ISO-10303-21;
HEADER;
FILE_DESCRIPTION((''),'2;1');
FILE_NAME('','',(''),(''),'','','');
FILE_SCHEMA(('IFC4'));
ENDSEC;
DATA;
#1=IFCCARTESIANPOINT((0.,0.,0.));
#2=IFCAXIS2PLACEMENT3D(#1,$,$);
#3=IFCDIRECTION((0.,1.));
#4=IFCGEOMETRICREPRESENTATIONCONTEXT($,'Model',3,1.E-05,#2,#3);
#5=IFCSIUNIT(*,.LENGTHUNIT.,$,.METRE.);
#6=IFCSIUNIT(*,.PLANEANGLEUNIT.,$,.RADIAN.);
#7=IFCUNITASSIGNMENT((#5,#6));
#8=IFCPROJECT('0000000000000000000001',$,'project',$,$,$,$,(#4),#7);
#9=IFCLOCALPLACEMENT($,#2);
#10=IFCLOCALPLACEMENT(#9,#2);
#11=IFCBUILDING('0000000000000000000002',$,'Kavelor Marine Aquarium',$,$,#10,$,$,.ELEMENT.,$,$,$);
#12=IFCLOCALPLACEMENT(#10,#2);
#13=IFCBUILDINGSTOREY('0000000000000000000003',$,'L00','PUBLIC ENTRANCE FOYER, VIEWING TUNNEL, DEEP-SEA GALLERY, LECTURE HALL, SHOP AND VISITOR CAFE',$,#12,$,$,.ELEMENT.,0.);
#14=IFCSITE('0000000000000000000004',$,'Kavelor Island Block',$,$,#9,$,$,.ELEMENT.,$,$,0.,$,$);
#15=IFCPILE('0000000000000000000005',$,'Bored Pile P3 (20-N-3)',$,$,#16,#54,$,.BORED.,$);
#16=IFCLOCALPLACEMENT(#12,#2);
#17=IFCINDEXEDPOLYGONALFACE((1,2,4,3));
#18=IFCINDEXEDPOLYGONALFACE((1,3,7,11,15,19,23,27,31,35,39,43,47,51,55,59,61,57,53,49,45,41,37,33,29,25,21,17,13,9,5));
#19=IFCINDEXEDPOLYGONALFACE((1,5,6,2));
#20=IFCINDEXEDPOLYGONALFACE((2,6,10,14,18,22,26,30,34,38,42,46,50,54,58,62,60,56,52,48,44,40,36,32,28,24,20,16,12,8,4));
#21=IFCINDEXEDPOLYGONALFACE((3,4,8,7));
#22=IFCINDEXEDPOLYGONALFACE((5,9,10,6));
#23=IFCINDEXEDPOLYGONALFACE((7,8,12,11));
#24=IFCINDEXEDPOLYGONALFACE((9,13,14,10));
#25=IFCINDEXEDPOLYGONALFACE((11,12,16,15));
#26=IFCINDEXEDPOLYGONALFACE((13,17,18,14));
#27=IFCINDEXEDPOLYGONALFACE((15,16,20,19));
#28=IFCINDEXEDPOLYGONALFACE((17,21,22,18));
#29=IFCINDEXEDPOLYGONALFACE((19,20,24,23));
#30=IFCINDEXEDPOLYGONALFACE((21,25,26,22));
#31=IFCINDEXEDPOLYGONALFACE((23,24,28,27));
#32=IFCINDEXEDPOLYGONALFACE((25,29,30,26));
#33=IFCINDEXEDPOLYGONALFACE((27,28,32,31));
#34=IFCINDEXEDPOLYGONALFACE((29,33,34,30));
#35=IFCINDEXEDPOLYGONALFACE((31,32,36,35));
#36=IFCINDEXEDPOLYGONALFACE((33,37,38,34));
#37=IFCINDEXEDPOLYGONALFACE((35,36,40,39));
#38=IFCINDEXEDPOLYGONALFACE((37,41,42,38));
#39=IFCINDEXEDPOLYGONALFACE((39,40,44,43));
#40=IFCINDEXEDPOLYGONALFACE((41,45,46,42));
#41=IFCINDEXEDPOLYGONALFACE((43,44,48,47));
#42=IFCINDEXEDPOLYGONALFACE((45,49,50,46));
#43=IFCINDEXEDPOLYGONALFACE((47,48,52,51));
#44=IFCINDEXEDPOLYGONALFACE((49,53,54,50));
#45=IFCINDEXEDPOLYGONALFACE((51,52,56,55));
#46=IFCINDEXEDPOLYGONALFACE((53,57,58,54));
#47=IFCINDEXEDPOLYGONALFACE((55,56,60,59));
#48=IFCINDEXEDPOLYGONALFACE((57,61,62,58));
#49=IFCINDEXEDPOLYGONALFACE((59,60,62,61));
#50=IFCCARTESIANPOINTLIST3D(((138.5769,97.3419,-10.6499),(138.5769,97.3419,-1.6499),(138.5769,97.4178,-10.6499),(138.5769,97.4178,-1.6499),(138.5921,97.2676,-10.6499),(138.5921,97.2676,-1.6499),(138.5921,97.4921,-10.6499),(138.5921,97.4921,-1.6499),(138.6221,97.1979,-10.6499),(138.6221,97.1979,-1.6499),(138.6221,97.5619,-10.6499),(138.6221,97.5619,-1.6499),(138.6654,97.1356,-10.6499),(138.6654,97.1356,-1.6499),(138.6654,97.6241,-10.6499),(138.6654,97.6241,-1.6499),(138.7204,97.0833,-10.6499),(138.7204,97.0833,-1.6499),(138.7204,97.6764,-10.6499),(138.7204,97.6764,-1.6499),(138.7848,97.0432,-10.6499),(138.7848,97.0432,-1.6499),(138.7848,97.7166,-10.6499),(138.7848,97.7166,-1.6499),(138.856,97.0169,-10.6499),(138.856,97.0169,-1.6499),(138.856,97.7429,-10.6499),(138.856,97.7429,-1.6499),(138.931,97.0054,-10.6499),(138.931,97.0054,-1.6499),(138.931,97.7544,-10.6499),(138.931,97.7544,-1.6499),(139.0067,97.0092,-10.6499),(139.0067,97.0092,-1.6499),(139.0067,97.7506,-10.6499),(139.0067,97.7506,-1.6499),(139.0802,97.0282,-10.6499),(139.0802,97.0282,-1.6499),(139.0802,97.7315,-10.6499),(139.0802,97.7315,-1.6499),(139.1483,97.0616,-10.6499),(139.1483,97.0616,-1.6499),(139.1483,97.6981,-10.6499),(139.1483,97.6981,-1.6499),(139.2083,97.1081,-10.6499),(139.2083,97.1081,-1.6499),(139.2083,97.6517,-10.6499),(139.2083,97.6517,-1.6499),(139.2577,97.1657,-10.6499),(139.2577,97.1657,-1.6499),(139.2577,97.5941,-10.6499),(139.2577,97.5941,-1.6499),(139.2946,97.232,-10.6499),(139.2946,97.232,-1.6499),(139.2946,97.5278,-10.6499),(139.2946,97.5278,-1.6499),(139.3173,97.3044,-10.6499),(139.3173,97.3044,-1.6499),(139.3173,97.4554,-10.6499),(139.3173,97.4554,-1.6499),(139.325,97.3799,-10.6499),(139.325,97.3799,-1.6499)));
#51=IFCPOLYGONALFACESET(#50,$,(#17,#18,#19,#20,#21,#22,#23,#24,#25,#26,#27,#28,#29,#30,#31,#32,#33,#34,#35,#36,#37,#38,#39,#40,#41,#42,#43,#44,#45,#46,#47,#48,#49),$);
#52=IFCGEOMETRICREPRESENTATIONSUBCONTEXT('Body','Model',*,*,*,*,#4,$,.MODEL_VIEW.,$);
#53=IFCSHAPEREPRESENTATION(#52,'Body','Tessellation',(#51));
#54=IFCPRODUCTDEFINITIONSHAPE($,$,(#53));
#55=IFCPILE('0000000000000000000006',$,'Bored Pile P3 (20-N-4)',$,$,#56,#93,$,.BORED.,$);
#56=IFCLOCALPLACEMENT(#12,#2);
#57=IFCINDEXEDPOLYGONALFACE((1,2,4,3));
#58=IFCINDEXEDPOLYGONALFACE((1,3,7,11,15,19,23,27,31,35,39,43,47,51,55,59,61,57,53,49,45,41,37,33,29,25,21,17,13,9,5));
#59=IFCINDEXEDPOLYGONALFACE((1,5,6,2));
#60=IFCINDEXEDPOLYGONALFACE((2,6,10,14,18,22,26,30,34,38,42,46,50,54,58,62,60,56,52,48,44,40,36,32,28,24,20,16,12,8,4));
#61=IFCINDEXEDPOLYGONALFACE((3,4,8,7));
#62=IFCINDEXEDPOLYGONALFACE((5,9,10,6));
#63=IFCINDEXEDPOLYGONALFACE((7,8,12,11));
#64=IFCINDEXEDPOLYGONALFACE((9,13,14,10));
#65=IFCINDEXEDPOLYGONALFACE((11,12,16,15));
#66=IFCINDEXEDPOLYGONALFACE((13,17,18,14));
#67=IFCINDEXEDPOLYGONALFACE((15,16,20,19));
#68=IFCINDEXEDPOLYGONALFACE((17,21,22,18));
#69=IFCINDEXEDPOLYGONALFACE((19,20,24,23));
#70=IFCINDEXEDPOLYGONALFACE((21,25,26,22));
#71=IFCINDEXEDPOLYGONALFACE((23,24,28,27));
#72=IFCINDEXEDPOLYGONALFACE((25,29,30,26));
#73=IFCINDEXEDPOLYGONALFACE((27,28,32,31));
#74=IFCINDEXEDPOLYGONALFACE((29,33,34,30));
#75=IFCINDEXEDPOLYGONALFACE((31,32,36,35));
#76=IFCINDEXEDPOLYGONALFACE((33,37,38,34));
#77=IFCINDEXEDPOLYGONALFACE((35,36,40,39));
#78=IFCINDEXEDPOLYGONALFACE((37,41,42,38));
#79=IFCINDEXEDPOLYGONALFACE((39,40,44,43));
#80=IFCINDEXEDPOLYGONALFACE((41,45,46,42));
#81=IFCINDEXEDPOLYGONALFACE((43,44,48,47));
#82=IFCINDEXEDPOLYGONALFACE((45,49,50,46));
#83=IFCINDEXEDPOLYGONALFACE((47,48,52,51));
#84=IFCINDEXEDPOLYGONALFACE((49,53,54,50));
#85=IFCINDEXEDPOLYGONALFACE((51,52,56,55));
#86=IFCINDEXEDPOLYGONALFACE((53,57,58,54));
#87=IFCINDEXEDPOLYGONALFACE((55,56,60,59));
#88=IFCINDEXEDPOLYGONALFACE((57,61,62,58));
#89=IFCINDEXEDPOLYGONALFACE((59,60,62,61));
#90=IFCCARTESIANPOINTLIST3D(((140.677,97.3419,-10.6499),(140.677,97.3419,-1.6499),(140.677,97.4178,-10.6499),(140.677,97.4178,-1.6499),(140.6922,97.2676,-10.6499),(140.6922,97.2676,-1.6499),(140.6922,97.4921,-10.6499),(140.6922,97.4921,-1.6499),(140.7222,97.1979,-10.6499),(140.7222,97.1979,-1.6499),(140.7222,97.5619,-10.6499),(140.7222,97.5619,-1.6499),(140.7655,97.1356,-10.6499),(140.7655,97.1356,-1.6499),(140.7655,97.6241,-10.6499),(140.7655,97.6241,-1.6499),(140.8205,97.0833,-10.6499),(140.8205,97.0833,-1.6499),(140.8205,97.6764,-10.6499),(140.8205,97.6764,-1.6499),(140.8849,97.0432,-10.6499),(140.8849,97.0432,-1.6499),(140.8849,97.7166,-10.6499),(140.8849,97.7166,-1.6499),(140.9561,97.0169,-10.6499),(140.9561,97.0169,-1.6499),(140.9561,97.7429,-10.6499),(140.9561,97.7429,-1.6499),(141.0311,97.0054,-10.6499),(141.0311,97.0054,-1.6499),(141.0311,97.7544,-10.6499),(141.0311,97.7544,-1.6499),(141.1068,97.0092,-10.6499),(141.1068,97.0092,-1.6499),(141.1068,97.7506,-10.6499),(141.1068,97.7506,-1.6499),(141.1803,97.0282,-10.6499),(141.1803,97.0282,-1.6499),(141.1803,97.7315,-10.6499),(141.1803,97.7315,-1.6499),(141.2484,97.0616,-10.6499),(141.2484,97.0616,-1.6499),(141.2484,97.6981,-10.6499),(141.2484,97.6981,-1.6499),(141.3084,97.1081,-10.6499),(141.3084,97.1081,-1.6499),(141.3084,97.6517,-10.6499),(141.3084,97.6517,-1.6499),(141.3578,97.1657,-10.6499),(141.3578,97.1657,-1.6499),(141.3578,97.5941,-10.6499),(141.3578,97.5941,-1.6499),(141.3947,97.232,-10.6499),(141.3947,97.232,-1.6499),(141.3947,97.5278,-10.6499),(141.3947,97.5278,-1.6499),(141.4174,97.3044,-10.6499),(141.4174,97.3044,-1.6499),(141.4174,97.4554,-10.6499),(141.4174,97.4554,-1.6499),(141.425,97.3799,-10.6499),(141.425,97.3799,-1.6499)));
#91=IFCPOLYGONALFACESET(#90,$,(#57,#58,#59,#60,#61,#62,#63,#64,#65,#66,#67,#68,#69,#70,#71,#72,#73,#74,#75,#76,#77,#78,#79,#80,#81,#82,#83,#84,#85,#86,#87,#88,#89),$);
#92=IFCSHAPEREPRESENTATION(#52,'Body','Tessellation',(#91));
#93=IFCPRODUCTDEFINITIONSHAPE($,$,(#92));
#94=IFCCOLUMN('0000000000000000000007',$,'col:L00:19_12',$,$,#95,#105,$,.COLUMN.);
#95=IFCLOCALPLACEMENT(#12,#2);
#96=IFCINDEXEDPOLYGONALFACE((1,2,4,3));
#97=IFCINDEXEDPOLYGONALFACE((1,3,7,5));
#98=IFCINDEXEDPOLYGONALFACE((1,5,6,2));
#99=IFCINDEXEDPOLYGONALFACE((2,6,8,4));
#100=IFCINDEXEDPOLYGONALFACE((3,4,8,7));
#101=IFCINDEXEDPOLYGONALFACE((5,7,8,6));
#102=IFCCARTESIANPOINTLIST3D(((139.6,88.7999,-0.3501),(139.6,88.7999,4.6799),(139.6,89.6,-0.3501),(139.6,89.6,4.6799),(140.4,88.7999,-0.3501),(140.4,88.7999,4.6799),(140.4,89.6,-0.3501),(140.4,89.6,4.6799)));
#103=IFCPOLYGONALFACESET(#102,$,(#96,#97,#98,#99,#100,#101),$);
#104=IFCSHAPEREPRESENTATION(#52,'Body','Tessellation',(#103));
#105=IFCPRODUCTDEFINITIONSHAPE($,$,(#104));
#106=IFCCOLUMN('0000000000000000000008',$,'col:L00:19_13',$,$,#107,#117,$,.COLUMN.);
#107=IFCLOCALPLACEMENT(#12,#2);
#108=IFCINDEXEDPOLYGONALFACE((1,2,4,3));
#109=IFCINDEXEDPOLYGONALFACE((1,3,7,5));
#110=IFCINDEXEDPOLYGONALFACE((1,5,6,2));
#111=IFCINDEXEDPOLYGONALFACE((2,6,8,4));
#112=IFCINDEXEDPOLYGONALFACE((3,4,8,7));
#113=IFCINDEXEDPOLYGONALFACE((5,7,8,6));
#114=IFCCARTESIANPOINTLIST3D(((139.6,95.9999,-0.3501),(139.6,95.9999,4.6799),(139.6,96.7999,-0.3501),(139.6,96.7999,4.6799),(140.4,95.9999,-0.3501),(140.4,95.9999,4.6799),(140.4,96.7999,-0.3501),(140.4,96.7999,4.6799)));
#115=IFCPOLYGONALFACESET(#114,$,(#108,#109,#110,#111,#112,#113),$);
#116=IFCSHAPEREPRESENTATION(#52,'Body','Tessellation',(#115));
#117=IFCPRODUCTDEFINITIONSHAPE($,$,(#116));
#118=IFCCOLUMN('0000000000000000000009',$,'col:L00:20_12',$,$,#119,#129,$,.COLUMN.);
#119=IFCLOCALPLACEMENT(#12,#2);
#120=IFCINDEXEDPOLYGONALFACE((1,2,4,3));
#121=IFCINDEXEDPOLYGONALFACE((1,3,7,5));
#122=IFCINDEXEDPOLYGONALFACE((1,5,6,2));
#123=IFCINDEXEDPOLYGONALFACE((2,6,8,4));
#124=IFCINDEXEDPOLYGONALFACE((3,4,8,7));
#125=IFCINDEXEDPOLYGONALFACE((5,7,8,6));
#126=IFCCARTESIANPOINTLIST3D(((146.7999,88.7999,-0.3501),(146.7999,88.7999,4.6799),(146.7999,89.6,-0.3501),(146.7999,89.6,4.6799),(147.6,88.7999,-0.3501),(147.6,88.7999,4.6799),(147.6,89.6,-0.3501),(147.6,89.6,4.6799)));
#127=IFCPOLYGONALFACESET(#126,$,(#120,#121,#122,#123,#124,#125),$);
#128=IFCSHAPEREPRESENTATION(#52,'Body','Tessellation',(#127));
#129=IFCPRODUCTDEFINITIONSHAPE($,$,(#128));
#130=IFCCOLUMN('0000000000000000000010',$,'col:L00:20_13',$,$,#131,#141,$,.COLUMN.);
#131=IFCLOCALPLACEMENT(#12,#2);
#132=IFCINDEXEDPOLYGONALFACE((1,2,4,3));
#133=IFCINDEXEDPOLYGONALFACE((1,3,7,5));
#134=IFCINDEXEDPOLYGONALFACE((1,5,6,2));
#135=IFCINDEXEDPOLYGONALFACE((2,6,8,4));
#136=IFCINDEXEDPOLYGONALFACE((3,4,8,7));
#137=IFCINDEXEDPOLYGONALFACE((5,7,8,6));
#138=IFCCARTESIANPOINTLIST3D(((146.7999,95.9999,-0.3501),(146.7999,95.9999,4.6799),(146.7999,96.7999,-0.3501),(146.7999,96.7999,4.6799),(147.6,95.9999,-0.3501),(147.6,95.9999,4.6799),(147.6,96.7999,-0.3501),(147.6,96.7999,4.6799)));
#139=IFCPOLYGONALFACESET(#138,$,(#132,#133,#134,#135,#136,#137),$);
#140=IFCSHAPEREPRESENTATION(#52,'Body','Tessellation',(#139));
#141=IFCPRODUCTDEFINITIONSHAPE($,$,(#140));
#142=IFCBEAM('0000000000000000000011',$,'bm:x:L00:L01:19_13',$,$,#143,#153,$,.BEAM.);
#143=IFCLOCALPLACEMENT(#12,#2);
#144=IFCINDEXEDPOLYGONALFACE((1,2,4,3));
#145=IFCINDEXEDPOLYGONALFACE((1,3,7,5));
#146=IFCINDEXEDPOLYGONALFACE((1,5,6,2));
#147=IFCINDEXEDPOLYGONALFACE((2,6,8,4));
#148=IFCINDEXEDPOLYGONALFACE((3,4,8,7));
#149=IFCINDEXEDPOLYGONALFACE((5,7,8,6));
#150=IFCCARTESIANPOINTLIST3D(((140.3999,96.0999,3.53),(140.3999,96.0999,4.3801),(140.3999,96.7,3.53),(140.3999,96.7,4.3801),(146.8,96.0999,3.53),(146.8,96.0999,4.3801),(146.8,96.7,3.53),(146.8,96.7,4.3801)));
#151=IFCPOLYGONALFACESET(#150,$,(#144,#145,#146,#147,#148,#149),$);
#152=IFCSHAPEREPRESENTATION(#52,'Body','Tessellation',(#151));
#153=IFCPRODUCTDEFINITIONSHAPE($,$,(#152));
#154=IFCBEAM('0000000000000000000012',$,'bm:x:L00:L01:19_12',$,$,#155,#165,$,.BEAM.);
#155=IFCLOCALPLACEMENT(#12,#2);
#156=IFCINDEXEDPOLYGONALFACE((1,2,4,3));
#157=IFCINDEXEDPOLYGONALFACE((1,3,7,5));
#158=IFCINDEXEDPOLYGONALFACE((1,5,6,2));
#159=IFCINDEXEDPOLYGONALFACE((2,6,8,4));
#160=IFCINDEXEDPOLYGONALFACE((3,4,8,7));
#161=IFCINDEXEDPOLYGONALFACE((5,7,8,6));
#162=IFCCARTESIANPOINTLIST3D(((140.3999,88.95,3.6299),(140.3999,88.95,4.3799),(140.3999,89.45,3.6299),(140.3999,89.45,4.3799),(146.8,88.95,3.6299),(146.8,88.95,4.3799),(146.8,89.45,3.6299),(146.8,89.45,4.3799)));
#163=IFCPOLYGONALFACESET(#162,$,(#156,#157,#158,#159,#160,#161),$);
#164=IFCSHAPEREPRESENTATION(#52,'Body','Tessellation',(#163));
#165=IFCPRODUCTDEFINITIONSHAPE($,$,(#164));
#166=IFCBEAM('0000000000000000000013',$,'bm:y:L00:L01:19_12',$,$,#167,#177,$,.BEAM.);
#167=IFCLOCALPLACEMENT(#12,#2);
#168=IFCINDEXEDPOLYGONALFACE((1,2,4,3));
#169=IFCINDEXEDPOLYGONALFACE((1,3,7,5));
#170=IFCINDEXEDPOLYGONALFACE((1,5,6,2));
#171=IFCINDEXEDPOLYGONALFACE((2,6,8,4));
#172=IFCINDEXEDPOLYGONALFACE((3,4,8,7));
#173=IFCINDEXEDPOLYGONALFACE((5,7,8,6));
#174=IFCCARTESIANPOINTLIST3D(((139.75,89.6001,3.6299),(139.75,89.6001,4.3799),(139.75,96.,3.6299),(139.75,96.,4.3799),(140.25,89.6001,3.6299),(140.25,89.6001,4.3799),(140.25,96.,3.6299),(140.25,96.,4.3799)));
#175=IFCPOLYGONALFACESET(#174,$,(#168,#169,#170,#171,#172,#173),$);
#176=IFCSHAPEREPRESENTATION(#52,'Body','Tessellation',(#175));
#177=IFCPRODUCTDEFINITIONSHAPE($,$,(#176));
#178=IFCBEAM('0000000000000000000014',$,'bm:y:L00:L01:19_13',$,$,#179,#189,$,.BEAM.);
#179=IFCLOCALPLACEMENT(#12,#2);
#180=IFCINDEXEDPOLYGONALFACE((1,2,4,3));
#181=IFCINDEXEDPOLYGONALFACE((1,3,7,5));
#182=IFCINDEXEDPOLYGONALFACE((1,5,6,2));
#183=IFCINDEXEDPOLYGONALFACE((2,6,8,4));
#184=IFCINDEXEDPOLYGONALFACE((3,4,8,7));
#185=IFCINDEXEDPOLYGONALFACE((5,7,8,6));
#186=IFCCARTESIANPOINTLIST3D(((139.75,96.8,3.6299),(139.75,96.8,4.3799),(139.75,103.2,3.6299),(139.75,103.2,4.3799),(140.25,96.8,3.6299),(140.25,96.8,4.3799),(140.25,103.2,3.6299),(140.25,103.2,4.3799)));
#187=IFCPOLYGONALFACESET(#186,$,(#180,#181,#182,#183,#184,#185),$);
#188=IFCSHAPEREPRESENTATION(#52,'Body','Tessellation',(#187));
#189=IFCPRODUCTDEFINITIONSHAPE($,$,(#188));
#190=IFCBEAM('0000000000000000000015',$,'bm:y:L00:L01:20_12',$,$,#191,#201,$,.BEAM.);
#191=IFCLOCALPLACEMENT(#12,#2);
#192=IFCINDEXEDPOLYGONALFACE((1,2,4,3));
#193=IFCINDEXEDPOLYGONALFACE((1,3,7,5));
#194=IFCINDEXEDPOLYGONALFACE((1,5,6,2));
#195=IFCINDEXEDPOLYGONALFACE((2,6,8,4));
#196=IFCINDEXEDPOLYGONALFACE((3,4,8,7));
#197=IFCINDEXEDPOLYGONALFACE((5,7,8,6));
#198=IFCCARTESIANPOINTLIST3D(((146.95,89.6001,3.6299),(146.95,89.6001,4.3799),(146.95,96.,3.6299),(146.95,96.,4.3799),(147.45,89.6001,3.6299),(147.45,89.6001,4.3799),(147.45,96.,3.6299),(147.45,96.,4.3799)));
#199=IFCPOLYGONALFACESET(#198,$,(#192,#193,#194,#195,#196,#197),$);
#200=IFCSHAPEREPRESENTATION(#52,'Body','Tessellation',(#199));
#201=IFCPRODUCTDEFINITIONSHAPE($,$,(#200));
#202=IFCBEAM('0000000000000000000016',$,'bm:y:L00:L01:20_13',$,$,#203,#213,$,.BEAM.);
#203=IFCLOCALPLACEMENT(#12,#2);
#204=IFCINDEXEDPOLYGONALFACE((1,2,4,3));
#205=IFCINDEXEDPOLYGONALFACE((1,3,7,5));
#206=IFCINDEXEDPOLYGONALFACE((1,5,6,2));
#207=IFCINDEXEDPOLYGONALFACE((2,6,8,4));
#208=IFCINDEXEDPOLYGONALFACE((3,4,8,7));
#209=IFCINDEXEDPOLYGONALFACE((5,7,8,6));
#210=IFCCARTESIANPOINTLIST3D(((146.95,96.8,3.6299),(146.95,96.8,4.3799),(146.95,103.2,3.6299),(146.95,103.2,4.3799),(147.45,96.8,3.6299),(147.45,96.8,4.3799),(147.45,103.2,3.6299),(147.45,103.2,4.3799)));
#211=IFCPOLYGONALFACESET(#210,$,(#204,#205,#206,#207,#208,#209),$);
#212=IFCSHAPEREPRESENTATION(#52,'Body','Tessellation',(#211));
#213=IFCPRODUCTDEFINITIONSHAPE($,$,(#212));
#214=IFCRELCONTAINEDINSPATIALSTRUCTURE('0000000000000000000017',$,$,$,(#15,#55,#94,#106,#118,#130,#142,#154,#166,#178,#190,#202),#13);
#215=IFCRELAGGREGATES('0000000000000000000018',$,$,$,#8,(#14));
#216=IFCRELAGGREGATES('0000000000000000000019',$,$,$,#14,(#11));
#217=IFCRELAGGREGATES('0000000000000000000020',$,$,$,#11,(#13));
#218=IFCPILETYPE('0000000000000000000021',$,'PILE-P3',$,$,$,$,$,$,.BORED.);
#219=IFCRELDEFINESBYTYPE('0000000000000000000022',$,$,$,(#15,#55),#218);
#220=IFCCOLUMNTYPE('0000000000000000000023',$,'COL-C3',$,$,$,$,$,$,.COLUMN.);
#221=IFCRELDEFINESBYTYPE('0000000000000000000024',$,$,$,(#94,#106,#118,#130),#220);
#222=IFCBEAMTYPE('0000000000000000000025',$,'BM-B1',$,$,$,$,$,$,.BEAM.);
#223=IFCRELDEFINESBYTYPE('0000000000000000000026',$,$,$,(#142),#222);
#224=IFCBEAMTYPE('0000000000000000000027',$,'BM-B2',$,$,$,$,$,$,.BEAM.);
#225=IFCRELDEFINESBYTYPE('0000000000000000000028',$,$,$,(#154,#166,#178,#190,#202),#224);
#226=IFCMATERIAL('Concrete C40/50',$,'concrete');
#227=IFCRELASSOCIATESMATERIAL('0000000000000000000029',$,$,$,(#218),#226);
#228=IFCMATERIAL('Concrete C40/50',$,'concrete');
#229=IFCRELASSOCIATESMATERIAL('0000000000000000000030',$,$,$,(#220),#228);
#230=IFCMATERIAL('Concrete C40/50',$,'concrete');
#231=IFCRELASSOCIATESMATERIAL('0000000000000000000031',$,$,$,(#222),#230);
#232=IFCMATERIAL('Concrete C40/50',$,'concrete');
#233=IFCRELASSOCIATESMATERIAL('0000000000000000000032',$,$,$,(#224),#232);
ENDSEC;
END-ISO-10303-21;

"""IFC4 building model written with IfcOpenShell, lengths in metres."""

from ifc_helpers import new_model, si_unit, direction, frame, origin, origin_2d, place, context, subcontext, project, spatial, rectangle, circle, extrude, material, material_profile, profile_set, type_object, element, save


model = new_model("IFC4")

# Units and contexts
model_context = context("Model", 3, precision=1e-05, world=origin(), true_north=direction((0.0, 1.0)))
body_context = subcontext(model_context, "Body", "Model", "MODEL_VIEW")
ifc_project = project(units=[si_unit("LENGTHUNIT", "METRE"), si_unit("PLANEANGLEUNIT", "RADIAN")], contexts=[model_context])

# Site, building, storey
site_placement = place(None, origin())
site = spatial("IfcSite", under=ifc_project, at=site_placement, Name="Kavelor Island Block", CompositionType="ELEMENT", RefElevation=0.0)
building_placement = place(site_placement, origin())
building = spatial("IfcBuilding", under=site, at=building_placement, Name="Kavelor Marine Aquarium", CompositionType="ELEMENT")
storey_placement = place(building_placement, origin())
storey = spatial("IfcBuildingStorey", under=building, at=storey_placement, Name="L00", Description="PUBLIC ENTRANCE FOYER, VIEWING TUNNEL, DEEP-SEA GALLERY, LECTURE HALL, SHOP AND VISITOR CAFE", CompositionType="ELEMENT", Elevation=0.0)

# Piles
ifc_material_1 = material(Name="Concrete C40/50", Category="concrete")
ifc_material_profile_1 = material_profile(ifc_material_1, circle(Radius=0.375, at=origin_2d()), Name="PILE D750")
ifc_profile_set_1 = profile_set([ifc_material_profile_1], Name="Concrete C40/50")
pile_type_1 = type_object("IfcPileType", Name="PILE-P3", PredefinedType="BORED", material=ifc_profile_set_1)
for number, where, z_axis, x_axis, name in (
    (1, (138.95, 97.3799, -1.6499), (0.0, 0.0, -1.0), (1.0, 0.0, 0.0), "Bored Pile P3 (20-N-3)"),
    (2, (141.05, 97.3799, -1.6499), (0.0, 0.0, -1.0), (1.0, 0.0, 0.0), "Bored Pile P3 (20-N-4)"),
):
    element("IfcPile", number, at=place(storey_placement, frame(where, z_axis=z_axis, x_axis=x_axis)), inside=storey, type_object=pile_type_1, Name=name, PredefinedType="BORED", context=body_context, shape_type="SweptSolid", body=[
        extrude(circle(Radius=0.375, at=origin_2d()), origin(), (0.0, 0.0, 1.0), 9.0),
    ])

# Columns
ifc_material_2 = material(Name="Concrete C40/50", Category="concrete")
ifc_material_profile_2 = material_profile(ifc_material_2, rectangle(XDim=0.8, YDim=0.8, at=origin_2d()), Name="RC-COL 800x800")
ifc_profile_set_2 = profile_set([ifc_material_profile_2], Name="Concrete C40/50")
column_type = type_object("IfcColumnType", Name="COL-C3", PredefinedType="COLUMN", material=ifc_profile_set_2)
for number, where, z_axis, x_axis, name in (
    (3, (140.0, 89.2, -0.3501), (0.0, 0.0, 1.0), (1.0, 0.0, 0.0), "col:L00:19_12"),
    (4, (140.0, 96.3999, -0.3501), (0.0, 0.0, 1.0), (1.0, 0.0, 0.0), "col:L00:19_13"),
    (5, (147.2, 89.2, -0.3501), (0.0, 0.0, 1.0), (1.0, 0.0, 0.0), "col:L00:20_12"),
    (6, (147.2, 96.3999, -0.3501), (0.0, 0.0, 1.0), (1.0, 0.0, 0.0), "col:L00:20_13"),
):
    element("IfcColumn", number, at=place(storey_placement, frame(where, z_axis=z_axis, x_axis=x_axis)), inside=storey, type_object=column_type, Name=name, PredefinedType="COLUMN", context=body_context, shape_type="SweptSolid", body=[
        extrude(rectangle(XDim=0.8, YDim=0.8, at=origin_2d()), origin(), (0.0, 0.0, 1.0), 5.03),
    ])

# Beams
ifc_material_3 = material(Name="Concrete C40/50", Category="concrete")
ifc_material_profile_3 = material_profile(ifc_material_3, rectangle(XDim=0.6001, YDim=0.8501, at=origin_2d()), Name="RC-BM 600x850")
ifc_profile_set_3 = profile_set([ifc_material_profile_3], Name="Concrete C40/50")
beam_type_1 = type_object("IfcBeamType", Name="BM-B1", PredefinedType="BEAM", material=ifc_profile_set_3)
beam_1_placement = place(storey_placement, frame((140.3999, 96.3999, 3.9551), z_axis=(1.0, 0.0, 0.0), x_axis=(0.0, 1.0, 0.0)))
element("IfcBeam", 7, at=beam_1_placement, inside=storey, type_object=beam_type_1, Name="bm:x:L00:L01:19_13", PredefinedType="BEAM", context=body_context, shape_type="SweptSolid", body=[
    extrude(rectangle(XDim=0.6001, YDim=0.8501, at=origin_2d()), origin(), (0.0, 0.0, 1.0), 6.4001),
])
ifc_material_4 = material(Name="Concrete C40/50", Category="concrete")
ifc_material_profile_4 = material_profile(ifc_material_4, rectangle(XDim=0.5, YDim=0.75, at=origin_2d()), Name="RC-BM 500x750")
ifc_profile_set_4 = profile_set([ifc_material_profile_4], Name="Concrete C40/50")
beam_type_2 = type_object("IfcBeamType", Name="BM-B2", PredefinedType="BEAM", material=ifc_profile_set_4)
beam_2_placement = place(storey_placement, frame((140.3999, 89.2, 4.0049), z_axis=(1.0, 0.0, 0.0), x_axis=(0.0, 1.0, 0.0)))
element("IfcBeam", 8, at=beam_2_placement, inside=storey, type_object=beam_type_2, Name="bm:x:L00:L01:19_12", PredefinedType="BEAM", context=body_context, shape_type="SweptSolid", body=[
    extrude(rectangle(XDim=0.5, YDim=0.75, at=origin_2d()), origin(), (0.0, 0.0, 1.0), 6.4001),
])
for number, where, z_axis, x_axis, name in (
    (9, (140.0, 89.6001, 4.0049), (0.0, 1.0, 0.0), (-1.0, 0.0, 0.0), "bm:y:L00:L01:19_12"),
    (10, (140.0, 96.8, 4.0049), (0.0, 1.0, 0.0), (-1.0, 0.0, 0.0), "bm:y:L00:L01:19_13"),
    (11, (147.2, 89.6001, 4.0049), (0.0, 1.0, 0.0), (-1.0, 0.0, 0.0), "bm:y:L00:L01:20_12"),
    (12, (147.2, 96.8, 4.0049), (0.0, 1.0, 0.0), (-1.0, 0.0, 0.0), "bm:y:L00:L01:20_13"),
):
    element("IfcBeam", number, at=place(storey_placement, frame(where, z_axis=z_axis, x_axis=x_axis)), inside=storey, type_object=beam_type_2, Name=name, PredefinedType="BEAM", context=body_context, shape_type="SweptSolid", body=[
        extrude(rectangle(XDim=0.5, YDim=0.75, at=origin_2d()), origin(), (0.0, 0.0, 1.0), 6.3999),
    ])

save(model, "model.ifc")
